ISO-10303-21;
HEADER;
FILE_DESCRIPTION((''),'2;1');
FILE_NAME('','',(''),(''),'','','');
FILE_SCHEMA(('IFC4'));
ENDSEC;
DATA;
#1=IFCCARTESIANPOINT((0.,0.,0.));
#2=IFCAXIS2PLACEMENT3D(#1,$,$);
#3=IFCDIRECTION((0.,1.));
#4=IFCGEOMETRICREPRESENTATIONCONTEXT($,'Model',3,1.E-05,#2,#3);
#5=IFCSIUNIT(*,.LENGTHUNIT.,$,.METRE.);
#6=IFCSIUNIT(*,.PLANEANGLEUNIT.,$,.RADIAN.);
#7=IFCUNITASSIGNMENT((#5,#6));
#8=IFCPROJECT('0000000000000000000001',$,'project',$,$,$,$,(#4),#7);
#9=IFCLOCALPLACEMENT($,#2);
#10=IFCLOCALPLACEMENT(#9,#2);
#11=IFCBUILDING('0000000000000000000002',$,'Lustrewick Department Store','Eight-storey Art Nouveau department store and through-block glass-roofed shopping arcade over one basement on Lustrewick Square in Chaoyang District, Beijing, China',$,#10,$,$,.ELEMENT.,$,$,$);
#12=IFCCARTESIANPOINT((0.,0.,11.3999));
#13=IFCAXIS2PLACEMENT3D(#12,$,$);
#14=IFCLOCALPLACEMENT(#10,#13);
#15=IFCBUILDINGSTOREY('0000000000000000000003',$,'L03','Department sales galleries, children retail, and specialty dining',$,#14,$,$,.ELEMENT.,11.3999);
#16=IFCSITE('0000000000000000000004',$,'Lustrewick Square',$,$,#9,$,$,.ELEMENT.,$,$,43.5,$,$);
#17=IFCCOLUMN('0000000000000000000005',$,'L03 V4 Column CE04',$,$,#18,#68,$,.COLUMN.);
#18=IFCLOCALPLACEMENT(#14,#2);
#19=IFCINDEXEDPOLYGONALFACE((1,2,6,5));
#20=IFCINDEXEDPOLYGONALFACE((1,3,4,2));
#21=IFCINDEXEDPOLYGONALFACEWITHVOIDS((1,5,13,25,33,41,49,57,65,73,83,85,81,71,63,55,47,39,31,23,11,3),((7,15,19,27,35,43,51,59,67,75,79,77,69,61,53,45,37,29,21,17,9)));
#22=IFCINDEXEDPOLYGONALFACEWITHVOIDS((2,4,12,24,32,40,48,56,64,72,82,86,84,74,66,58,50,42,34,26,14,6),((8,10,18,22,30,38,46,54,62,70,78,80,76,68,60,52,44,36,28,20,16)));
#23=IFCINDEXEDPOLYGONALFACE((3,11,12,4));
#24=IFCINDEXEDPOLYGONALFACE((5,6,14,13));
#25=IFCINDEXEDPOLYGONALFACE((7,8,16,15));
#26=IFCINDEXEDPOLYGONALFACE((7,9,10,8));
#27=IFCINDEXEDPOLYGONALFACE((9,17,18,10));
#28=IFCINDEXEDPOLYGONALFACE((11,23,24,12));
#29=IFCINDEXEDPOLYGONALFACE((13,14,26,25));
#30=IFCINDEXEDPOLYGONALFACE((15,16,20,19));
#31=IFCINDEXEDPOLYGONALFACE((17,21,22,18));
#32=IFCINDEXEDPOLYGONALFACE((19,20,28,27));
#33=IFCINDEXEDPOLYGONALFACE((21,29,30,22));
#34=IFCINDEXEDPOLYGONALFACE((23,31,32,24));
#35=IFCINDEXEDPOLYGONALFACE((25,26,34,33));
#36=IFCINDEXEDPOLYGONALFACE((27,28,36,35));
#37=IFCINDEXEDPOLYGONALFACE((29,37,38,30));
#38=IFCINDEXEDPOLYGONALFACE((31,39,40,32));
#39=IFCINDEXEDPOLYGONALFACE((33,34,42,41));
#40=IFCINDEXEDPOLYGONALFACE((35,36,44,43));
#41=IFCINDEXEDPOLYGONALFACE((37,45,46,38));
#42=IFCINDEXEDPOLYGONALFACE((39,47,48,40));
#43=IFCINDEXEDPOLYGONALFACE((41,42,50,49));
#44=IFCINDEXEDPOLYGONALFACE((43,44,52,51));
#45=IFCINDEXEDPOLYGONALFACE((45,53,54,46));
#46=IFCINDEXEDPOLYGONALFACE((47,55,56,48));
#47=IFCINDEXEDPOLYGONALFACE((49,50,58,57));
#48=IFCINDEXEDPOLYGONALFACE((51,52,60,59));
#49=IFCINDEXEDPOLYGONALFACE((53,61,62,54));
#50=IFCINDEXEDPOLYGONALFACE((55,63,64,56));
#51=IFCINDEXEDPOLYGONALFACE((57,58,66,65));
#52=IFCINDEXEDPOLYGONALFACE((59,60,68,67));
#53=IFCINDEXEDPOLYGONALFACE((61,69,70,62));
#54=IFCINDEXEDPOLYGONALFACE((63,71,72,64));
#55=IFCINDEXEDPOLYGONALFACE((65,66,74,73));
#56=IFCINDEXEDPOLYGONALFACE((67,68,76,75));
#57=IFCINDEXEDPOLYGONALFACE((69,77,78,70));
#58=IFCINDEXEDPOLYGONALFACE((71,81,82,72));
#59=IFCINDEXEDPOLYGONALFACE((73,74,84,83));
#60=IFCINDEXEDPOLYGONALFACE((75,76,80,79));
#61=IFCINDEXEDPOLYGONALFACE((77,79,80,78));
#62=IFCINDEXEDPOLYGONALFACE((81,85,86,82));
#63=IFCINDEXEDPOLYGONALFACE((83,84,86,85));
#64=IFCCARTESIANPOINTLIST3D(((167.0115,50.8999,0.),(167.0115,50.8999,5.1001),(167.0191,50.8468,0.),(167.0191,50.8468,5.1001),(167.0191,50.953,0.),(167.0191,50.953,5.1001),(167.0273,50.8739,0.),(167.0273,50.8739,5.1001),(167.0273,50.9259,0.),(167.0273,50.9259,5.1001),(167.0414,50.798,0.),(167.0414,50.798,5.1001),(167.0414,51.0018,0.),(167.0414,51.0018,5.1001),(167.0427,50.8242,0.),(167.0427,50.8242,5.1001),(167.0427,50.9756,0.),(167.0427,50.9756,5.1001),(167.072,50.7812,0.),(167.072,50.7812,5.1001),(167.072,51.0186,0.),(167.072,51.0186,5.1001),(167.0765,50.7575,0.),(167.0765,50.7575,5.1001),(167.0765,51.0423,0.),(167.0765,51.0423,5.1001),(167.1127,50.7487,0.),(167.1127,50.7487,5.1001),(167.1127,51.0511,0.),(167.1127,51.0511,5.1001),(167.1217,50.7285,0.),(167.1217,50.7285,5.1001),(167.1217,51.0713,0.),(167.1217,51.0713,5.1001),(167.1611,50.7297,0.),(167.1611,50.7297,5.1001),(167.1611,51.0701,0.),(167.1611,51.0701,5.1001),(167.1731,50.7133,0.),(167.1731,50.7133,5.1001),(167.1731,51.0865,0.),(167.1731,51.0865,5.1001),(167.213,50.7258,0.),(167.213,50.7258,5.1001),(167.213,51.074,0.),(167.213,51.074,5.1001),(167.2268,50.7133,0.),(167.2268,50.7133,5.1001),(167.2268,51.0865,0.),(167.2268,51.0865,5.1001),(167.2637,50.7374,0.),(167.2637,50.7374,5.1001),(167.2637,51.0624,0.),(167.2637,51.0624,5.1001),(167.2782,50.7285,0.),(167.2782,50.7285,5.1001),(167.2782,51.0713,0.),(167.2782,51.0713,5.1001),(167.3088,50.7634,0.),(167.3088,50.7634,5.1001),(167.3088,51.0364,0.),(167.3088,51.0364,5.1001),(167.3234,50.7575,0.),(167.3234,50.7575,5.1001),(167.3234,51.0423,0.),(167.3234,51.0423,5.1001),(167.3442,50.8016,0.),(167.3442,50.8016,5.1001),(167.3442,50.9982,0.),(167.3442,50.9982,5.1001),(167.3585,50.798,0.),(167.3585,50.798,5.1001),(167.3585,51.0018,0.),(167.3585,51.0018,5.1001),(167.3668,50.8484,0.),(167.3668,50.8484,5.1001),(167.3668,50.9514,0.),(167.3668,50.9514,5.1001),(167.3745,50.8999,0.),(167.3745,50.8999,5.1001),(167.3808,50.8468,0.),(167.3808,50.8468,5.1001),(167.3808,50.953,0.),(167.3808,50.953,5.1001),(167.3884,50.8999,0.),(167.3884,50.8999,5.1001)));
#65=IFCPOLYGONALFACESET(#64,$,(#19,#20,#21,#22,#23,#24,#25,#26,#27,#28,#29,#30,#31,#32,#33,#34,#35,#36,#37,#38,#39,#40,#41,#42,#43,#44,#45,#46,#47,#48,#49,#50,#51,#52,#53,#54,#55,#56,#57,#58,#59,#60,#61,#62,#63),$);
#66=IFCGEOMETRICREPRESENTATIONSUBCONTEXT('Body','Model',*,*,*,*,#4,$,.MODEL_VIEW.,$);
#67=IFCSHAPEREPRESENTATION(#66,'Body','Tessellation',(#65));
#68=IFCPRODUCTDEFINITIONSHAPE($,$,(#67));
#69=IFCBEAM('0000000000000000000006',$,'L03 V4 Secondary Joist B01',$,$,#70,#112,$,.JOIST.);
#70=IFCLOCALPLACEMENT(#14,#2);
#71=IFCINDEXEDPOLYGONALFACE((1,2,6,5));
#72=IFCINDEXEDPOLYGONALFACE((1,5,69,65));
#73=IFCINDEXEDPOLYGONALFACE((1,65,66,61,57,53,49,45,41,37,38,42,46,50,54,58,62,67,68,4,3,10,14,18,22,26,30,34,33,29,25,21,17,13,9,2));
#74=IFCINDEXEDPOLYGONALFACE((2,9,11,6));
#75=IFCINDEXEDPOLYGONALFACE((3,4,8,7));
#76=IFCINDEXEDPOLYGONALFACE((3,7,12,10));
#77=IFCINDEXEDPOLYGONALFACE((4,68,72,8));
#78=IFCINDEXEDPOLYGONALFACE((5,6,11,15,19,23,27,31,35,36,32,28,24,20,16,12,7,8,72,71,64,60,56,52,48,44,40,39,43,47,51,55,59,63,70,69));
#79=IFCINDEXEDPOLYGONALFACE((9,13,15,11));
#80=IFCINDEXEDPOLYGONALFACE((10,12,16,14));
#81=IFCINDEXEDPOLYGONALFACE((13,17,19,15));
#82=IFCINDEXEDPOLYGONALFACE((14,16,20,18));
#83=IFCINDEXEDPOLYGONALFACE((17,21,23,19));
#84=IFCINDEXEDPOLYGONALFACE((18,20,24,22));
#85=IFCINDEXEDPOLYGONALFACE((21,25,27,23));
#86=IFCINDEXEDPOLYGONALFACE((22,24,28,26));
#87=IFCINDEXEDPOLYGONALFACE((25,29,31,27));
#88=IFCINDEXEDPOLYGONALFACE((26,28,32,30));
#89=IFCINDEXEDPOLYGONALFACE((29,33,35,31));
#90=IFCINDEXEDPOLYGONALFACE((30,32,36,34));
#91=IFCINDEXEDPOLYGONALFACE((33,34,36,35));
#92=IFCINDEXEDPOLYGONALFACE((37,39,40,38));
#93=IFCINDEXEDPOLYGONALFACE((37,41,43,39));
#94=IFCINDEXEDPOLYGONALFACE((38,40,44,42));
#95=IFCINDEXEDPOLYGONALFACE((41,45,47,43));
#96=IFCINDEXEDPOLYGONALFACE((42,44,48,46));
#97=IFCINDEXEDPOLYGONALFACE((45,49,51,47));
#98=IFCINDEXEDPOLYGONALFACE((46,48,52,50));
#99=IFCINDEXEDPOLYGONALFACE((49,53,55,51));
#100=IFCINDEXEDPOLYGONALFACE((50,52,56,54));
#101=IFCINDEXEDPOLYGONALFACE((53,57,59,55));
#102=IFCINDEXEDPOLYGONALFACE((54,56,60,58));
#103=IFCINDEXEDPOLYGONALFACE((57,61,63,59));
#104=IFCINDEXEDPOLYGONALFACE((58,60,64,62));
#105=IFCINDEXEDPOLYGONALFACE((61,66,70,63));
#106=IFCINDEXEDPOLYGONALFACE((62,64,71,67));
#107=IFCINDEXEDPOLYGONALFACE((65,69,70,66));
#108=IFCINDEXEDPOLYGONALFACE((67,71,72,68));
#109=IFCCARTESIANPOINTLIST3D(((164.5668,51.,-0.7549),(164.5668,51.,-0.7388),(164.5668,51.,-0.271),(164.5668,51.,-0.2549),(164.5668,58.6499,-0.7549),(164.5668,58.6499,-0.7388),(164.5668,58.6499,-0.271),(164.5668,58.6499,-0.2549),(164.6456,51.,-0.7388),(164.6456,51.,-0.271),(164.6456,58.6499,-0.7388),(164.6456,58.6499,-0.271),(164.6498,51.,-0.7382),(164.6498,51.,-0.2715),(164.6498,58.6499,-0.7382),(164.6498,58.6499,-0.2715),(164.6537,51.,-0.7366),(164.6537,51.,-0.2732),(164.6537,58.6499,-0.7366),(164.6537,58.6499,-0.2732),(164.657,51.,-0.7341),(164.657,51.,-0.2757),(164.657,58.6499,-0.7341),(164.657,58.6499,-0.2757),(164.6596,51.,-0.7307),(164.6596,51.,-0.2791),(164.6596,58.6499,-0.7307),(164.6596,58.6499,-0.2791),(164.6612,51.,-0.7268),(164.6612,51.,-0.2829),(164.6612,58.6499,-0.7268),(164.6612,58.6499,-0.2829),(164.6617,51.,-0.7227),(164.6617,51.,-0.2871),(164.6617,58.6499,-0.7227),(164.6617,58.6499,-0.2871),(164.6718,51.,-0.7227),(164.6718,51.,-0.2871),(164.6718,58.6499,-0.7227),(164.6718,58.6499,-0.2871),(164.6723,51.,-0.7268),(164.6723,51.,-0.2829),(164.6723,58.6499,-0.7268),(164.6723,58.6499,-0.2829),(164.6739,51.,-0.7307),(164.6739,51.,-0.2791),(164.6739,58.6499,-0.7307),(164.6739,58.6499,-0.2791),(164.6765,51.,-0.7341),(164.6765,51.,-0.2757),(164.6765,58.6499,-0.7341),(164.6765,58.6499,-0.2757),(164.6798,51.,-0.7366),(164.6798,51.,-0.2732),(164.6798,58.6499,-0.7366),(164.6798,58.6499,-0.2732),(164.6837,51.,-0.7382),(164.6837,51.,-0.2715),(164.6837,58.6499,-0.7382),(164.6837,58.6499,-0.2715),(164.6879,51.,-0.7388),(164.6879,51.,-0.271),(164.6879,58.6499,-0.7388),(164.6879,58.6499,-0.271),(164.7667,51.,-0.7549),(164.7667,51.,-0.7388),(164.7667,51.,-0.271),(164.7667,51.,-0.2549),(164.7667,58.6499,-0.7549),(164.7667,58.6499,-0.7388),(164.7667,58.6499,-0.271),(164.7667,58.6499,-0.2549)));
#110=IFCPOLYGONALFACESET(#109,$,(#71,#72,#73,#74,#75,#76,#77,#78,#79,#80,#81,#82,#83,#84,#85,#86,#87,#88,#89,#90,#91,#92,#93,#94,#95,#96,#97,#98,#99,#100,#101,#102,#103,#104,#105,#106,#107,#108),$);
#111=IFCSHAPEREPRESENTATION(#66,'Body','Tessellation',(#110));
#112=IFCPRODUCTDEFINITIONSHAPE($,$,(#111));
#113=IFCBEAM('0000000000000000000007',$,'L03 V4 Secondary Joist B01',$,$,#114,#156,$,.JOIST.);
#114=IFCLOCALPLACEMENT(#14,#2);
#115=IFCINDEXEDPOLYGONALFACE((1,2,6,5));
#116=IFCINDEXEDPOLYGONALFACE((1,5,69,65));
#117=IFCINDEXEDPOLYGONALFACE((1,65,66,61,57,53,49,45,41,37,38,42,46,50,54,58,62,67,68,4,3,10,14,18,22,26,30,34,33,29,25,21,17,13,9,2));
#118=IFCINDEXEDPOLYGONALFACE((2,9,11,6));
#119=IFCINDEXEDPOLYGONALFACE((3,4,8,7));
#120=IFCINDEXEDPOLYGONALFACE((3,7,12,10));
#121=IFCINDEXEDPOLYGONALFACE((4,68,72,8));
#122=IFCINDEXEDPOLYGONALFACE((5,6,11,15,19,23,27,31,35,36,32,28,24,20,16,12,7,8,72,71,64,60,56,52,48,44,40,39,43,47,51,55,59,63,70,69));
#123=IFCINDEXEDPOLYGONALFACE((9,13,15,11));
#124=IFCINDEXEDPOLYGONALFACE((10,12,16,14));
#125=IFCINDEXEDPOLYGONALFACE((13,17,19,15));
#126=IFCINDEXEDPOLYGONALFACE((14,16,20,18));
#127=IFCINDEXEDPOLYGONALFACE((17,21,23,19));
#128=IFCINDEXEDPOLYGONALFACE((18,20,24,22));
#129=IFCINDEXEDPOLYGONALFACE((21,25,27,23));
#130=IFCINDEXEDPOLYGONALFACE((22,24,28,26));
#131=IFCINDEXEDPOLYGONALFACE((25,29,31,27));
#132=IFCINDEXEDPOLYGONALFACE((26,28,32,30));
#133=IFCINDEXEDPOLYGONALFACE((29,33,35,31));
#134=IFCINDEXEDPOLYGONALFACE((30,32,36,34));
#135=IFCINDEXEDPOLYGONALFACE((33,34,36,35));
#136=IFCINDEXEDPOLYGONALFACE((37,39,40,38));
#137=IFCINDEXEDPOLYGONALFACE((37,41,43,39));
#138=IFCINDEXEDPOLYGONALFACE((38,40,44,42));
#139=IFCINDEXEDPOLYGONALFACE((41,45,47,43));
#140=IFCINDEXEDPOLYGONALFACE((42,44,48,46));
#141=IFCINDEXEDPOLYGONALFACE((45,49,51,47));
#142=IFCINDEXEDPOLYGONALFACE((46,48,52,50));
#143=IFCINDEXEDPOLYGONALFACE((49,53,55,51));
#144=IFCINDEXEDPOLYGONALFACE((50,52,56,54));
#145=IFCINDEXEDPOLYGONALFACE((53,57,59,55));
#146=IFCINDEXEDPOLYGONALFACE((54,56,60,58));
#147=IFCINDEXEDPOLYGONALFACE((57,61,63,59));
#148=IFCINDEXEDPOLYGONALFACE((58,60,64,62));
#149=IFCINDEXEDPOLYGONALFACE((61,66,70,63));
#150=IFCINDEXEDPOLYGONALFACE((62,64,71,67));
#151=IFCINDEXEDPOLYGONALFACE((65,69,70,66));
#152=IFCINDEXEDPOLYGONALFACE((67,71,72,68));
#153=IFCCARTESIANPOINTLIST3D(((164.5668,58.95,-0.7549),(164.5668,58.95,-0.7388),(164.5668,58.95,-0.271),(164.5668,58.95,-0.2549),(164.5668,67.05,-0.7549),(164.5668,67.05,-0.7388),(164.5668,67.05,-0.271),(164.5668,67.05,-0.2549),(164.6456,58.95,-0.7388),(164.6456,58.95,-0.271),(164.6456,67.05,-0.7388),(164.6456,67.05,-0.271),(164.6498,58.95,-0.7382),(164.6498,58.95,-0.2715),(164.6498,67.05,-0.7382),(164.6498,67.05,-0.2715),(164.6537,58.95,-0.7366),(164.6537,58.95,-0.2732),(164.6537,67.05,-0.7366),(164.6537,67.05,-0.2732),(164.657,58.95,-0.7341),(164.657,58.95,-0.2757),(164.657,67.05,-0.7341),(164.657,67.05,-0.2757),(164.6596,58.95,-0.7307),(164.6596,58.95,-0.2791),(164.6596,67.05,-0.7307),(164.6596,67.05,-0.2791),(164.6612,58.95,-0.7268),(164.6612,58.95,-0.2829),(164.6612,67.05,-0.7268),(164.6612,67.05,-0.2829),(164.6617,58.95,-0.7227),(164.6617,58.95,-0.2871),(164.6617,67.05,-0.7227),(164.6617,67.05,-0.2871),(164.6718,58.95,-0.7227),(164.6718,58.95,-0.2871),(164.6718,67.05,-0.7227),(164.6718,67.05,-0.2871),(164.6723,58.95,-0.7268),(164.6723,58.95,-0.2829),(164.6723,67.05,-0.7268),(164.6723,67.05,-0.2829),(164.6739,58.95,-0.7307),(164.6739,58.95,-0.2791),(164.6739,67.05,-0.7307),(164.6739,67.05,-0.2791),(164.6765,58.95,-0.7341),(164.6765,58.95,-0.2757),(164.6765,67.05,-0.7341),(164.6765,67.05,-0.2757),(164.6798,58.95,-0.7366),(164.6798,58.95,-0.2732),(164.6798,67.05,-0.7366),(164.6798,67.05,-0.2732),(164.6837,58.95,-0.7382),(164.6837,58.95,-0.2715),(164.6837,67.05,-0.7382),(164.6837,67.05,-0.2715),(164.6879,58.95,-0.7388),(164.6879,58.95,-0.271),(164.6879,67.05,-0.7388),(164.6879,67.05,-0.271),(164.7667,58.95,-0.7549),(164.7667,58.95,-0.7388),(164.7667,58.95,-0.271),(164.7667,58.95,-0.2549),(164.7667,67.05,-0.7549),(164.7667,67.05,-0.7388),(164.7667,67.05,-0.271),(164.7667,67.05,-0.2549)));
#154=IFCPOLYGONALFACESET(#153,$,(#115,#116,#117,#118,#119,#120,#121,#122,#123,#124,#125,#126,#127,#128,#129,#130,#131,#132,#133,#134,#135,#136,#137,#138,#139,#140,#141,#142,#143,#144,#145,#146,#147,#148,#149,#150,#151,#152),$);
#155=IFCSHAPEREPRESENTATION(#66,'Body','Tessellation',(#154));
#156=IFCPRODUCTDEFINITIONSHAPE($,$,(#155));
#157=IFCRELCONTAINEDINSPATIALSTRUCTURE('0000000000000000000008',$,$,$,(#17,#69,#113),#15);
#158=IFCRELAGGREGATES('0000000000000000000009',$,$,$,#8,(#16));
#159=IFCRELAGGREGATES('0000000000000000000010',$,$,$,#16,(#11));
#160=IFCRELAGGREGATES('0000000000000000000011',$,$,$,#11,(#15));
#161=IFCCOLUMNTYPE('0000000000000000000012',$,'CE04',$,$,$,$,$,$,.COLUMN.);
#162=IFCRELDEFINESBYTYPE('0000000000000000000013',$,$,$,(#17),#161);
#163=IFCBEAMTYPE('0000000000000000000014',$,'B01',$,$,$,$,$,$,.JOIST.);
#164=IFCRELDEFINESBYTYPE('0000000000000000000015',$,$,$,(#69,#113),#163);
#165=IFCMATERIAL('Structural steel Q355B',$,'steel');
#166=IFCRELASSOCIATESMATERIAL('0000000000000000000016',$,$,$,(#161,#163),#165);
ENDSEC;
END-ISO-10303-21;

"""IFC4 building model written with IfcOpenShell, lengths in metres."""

from ifc_helpers import new_model, si_unit, direction, frame, origin, origin_2d, place, context, subcontext, project, spatial, hollow_circle, i_section, extrude, material, material_profile, profile_set, type_object, element, save


model = new_model("IFC4")

# Units and contexts
model_context = context("Model", 3, precision=1e-05, world=origin(), true_north=direction((0.0, 1.0)))
body_context = subcontext(model_context, "Body", "Model", "MODEL_VIEW")
ifc_project = project(units=[si_unit("LENGTHUNIT", "METRE"), si_unit("PLANEANGLEUNIT", "RADIAN")], contexts=[model_context])

# Site, building, storey
site_placement = place(None, origin())
site = spatial("IfcSite", under=ifc_project, at=site_placement, Name="Lustrewick Square", CompositionType="ELEMENT", RefElevation=43.5)
building_placement = place(site_placement, origin())
building = spatial("IfcBuilding", under=site, at=building_placement, Name="Lustrewick Department Store", Description="Eight-storey Art Nouveau department store and through-block glass-roofed shopping arcade over one basement on Lustrewick Square in Chaoyang District, Beijing, China", CompositionType="ELEMENT")
storey_placement = place(building_placement, frame((0.0, 0.0, 11.3999)))
storey = spatial("IfcBuildingStorey", under=building, at=storey_placement, Name="L03", Description="Department sales galleries, children retail, and specialty dining", CompositionType="ELEMENT", Elevation=11.3999)

# Column
ifc_material_1 = material(Name="Structural steel Q355B", Category="steel")
ifc_material_profile_1 = material_profile(ifc_material_1, hollow_circle(Radius=0.1885, WallThickness=0.0139, at=origin_2d()), Name="CHS 377x14")
ifc_profile_set_1 = profile_set([ifc_material_profile_1], Name="Structural steel Q355B")
column_type_1 = type_object("IfcColumnType", Name="CE04", PredefinedType="COLUMN", material=ifc_profile_set_1)
column_1_placement = place(storey_placement, frame((167.2, 50.8999, 0.0), z_axis=(0.0, 0.0, 1.0), x_axis=(1.0, 0.0, 0.0)))
element("IfcColumn", 1, at=column_1_placement, inside=storey, type_object=column_type_1, Name="L03 V4 Column CE04", PredefinedType="COLUMN", context=body_context, shape_type="SweptSolid", body=[
    extrude(hollow_circle(Radius=0.1885, WallThickness=0.0139, at=origin_2d()), origin(), (0.0, 0.0, 1.0), 5.1001),
])

# Beams
ifc_material_profile_2 = material_profile(ifc_material_1, i_section(OverallWidth=0.2, OverallDepth=0.5, WebThickness=0.01, FlangeThickness=0.0161, FilletRadius=0.0161, at=origin_2d()), Name="HN 500x200x10x16")
ifc_profile_set_2 = profile_set([ifc_material_profile_2], Name="Structural steel Q355B")
beam_type_1 = type_object("IfcBeamType", Name="B01", PredefinedType="JOIST", material=ifc_profile_set_2)
beam_1_placement = place(storey_placement, frame((164.6667, 51.0, -0.5049), z_axis=(0.0, 1.0, 0.0), x_axis=(-1.0, 0.0, 0.0)))
element("IfcBeam", 2, at=beam_1_placement, inside=storey, type_object=beam_type_1, Name="L03 V4 Secondary Joist B01", PredefinedType="JOIST", context=body_context, shape_type="SweptSolid", body=[
    extrude(i_section(OverallWidth=0.2, OverallDepth=0.5, WebThickness=0.01, FlangeThickness=0.0161, FilletRadius=0.0161, at=origin_2d()), origin(), (0.0, 0.0, 1.0), 7.6499),
])
beam_2_placement = place(storey_placement, frame((164.6667, 58.95, -0.5049), z_axis=(0.0, 1.0, 0.0), x_axis=(-1.0, 0.0, 0.0)))
element("IfcBeam", 3, at=beam_2_placement, inside=storey, type_object=beam_type_1, Name="L03 V4 Secondary Joist B01", PredefinedType="JOIST", context=body_context, shape_type="SweptSolid", body=[
    extrude(i_section(OverallWidth=0.2, OverallDepth=0.5, WebThickness=0.01, FlangeThickness=0.0161, FilletRadius=0.0161, at=origin_2d()), origin(), (0.0, 0.0, 1.0), 8.1001),
])

save(model, "model.ifc")
